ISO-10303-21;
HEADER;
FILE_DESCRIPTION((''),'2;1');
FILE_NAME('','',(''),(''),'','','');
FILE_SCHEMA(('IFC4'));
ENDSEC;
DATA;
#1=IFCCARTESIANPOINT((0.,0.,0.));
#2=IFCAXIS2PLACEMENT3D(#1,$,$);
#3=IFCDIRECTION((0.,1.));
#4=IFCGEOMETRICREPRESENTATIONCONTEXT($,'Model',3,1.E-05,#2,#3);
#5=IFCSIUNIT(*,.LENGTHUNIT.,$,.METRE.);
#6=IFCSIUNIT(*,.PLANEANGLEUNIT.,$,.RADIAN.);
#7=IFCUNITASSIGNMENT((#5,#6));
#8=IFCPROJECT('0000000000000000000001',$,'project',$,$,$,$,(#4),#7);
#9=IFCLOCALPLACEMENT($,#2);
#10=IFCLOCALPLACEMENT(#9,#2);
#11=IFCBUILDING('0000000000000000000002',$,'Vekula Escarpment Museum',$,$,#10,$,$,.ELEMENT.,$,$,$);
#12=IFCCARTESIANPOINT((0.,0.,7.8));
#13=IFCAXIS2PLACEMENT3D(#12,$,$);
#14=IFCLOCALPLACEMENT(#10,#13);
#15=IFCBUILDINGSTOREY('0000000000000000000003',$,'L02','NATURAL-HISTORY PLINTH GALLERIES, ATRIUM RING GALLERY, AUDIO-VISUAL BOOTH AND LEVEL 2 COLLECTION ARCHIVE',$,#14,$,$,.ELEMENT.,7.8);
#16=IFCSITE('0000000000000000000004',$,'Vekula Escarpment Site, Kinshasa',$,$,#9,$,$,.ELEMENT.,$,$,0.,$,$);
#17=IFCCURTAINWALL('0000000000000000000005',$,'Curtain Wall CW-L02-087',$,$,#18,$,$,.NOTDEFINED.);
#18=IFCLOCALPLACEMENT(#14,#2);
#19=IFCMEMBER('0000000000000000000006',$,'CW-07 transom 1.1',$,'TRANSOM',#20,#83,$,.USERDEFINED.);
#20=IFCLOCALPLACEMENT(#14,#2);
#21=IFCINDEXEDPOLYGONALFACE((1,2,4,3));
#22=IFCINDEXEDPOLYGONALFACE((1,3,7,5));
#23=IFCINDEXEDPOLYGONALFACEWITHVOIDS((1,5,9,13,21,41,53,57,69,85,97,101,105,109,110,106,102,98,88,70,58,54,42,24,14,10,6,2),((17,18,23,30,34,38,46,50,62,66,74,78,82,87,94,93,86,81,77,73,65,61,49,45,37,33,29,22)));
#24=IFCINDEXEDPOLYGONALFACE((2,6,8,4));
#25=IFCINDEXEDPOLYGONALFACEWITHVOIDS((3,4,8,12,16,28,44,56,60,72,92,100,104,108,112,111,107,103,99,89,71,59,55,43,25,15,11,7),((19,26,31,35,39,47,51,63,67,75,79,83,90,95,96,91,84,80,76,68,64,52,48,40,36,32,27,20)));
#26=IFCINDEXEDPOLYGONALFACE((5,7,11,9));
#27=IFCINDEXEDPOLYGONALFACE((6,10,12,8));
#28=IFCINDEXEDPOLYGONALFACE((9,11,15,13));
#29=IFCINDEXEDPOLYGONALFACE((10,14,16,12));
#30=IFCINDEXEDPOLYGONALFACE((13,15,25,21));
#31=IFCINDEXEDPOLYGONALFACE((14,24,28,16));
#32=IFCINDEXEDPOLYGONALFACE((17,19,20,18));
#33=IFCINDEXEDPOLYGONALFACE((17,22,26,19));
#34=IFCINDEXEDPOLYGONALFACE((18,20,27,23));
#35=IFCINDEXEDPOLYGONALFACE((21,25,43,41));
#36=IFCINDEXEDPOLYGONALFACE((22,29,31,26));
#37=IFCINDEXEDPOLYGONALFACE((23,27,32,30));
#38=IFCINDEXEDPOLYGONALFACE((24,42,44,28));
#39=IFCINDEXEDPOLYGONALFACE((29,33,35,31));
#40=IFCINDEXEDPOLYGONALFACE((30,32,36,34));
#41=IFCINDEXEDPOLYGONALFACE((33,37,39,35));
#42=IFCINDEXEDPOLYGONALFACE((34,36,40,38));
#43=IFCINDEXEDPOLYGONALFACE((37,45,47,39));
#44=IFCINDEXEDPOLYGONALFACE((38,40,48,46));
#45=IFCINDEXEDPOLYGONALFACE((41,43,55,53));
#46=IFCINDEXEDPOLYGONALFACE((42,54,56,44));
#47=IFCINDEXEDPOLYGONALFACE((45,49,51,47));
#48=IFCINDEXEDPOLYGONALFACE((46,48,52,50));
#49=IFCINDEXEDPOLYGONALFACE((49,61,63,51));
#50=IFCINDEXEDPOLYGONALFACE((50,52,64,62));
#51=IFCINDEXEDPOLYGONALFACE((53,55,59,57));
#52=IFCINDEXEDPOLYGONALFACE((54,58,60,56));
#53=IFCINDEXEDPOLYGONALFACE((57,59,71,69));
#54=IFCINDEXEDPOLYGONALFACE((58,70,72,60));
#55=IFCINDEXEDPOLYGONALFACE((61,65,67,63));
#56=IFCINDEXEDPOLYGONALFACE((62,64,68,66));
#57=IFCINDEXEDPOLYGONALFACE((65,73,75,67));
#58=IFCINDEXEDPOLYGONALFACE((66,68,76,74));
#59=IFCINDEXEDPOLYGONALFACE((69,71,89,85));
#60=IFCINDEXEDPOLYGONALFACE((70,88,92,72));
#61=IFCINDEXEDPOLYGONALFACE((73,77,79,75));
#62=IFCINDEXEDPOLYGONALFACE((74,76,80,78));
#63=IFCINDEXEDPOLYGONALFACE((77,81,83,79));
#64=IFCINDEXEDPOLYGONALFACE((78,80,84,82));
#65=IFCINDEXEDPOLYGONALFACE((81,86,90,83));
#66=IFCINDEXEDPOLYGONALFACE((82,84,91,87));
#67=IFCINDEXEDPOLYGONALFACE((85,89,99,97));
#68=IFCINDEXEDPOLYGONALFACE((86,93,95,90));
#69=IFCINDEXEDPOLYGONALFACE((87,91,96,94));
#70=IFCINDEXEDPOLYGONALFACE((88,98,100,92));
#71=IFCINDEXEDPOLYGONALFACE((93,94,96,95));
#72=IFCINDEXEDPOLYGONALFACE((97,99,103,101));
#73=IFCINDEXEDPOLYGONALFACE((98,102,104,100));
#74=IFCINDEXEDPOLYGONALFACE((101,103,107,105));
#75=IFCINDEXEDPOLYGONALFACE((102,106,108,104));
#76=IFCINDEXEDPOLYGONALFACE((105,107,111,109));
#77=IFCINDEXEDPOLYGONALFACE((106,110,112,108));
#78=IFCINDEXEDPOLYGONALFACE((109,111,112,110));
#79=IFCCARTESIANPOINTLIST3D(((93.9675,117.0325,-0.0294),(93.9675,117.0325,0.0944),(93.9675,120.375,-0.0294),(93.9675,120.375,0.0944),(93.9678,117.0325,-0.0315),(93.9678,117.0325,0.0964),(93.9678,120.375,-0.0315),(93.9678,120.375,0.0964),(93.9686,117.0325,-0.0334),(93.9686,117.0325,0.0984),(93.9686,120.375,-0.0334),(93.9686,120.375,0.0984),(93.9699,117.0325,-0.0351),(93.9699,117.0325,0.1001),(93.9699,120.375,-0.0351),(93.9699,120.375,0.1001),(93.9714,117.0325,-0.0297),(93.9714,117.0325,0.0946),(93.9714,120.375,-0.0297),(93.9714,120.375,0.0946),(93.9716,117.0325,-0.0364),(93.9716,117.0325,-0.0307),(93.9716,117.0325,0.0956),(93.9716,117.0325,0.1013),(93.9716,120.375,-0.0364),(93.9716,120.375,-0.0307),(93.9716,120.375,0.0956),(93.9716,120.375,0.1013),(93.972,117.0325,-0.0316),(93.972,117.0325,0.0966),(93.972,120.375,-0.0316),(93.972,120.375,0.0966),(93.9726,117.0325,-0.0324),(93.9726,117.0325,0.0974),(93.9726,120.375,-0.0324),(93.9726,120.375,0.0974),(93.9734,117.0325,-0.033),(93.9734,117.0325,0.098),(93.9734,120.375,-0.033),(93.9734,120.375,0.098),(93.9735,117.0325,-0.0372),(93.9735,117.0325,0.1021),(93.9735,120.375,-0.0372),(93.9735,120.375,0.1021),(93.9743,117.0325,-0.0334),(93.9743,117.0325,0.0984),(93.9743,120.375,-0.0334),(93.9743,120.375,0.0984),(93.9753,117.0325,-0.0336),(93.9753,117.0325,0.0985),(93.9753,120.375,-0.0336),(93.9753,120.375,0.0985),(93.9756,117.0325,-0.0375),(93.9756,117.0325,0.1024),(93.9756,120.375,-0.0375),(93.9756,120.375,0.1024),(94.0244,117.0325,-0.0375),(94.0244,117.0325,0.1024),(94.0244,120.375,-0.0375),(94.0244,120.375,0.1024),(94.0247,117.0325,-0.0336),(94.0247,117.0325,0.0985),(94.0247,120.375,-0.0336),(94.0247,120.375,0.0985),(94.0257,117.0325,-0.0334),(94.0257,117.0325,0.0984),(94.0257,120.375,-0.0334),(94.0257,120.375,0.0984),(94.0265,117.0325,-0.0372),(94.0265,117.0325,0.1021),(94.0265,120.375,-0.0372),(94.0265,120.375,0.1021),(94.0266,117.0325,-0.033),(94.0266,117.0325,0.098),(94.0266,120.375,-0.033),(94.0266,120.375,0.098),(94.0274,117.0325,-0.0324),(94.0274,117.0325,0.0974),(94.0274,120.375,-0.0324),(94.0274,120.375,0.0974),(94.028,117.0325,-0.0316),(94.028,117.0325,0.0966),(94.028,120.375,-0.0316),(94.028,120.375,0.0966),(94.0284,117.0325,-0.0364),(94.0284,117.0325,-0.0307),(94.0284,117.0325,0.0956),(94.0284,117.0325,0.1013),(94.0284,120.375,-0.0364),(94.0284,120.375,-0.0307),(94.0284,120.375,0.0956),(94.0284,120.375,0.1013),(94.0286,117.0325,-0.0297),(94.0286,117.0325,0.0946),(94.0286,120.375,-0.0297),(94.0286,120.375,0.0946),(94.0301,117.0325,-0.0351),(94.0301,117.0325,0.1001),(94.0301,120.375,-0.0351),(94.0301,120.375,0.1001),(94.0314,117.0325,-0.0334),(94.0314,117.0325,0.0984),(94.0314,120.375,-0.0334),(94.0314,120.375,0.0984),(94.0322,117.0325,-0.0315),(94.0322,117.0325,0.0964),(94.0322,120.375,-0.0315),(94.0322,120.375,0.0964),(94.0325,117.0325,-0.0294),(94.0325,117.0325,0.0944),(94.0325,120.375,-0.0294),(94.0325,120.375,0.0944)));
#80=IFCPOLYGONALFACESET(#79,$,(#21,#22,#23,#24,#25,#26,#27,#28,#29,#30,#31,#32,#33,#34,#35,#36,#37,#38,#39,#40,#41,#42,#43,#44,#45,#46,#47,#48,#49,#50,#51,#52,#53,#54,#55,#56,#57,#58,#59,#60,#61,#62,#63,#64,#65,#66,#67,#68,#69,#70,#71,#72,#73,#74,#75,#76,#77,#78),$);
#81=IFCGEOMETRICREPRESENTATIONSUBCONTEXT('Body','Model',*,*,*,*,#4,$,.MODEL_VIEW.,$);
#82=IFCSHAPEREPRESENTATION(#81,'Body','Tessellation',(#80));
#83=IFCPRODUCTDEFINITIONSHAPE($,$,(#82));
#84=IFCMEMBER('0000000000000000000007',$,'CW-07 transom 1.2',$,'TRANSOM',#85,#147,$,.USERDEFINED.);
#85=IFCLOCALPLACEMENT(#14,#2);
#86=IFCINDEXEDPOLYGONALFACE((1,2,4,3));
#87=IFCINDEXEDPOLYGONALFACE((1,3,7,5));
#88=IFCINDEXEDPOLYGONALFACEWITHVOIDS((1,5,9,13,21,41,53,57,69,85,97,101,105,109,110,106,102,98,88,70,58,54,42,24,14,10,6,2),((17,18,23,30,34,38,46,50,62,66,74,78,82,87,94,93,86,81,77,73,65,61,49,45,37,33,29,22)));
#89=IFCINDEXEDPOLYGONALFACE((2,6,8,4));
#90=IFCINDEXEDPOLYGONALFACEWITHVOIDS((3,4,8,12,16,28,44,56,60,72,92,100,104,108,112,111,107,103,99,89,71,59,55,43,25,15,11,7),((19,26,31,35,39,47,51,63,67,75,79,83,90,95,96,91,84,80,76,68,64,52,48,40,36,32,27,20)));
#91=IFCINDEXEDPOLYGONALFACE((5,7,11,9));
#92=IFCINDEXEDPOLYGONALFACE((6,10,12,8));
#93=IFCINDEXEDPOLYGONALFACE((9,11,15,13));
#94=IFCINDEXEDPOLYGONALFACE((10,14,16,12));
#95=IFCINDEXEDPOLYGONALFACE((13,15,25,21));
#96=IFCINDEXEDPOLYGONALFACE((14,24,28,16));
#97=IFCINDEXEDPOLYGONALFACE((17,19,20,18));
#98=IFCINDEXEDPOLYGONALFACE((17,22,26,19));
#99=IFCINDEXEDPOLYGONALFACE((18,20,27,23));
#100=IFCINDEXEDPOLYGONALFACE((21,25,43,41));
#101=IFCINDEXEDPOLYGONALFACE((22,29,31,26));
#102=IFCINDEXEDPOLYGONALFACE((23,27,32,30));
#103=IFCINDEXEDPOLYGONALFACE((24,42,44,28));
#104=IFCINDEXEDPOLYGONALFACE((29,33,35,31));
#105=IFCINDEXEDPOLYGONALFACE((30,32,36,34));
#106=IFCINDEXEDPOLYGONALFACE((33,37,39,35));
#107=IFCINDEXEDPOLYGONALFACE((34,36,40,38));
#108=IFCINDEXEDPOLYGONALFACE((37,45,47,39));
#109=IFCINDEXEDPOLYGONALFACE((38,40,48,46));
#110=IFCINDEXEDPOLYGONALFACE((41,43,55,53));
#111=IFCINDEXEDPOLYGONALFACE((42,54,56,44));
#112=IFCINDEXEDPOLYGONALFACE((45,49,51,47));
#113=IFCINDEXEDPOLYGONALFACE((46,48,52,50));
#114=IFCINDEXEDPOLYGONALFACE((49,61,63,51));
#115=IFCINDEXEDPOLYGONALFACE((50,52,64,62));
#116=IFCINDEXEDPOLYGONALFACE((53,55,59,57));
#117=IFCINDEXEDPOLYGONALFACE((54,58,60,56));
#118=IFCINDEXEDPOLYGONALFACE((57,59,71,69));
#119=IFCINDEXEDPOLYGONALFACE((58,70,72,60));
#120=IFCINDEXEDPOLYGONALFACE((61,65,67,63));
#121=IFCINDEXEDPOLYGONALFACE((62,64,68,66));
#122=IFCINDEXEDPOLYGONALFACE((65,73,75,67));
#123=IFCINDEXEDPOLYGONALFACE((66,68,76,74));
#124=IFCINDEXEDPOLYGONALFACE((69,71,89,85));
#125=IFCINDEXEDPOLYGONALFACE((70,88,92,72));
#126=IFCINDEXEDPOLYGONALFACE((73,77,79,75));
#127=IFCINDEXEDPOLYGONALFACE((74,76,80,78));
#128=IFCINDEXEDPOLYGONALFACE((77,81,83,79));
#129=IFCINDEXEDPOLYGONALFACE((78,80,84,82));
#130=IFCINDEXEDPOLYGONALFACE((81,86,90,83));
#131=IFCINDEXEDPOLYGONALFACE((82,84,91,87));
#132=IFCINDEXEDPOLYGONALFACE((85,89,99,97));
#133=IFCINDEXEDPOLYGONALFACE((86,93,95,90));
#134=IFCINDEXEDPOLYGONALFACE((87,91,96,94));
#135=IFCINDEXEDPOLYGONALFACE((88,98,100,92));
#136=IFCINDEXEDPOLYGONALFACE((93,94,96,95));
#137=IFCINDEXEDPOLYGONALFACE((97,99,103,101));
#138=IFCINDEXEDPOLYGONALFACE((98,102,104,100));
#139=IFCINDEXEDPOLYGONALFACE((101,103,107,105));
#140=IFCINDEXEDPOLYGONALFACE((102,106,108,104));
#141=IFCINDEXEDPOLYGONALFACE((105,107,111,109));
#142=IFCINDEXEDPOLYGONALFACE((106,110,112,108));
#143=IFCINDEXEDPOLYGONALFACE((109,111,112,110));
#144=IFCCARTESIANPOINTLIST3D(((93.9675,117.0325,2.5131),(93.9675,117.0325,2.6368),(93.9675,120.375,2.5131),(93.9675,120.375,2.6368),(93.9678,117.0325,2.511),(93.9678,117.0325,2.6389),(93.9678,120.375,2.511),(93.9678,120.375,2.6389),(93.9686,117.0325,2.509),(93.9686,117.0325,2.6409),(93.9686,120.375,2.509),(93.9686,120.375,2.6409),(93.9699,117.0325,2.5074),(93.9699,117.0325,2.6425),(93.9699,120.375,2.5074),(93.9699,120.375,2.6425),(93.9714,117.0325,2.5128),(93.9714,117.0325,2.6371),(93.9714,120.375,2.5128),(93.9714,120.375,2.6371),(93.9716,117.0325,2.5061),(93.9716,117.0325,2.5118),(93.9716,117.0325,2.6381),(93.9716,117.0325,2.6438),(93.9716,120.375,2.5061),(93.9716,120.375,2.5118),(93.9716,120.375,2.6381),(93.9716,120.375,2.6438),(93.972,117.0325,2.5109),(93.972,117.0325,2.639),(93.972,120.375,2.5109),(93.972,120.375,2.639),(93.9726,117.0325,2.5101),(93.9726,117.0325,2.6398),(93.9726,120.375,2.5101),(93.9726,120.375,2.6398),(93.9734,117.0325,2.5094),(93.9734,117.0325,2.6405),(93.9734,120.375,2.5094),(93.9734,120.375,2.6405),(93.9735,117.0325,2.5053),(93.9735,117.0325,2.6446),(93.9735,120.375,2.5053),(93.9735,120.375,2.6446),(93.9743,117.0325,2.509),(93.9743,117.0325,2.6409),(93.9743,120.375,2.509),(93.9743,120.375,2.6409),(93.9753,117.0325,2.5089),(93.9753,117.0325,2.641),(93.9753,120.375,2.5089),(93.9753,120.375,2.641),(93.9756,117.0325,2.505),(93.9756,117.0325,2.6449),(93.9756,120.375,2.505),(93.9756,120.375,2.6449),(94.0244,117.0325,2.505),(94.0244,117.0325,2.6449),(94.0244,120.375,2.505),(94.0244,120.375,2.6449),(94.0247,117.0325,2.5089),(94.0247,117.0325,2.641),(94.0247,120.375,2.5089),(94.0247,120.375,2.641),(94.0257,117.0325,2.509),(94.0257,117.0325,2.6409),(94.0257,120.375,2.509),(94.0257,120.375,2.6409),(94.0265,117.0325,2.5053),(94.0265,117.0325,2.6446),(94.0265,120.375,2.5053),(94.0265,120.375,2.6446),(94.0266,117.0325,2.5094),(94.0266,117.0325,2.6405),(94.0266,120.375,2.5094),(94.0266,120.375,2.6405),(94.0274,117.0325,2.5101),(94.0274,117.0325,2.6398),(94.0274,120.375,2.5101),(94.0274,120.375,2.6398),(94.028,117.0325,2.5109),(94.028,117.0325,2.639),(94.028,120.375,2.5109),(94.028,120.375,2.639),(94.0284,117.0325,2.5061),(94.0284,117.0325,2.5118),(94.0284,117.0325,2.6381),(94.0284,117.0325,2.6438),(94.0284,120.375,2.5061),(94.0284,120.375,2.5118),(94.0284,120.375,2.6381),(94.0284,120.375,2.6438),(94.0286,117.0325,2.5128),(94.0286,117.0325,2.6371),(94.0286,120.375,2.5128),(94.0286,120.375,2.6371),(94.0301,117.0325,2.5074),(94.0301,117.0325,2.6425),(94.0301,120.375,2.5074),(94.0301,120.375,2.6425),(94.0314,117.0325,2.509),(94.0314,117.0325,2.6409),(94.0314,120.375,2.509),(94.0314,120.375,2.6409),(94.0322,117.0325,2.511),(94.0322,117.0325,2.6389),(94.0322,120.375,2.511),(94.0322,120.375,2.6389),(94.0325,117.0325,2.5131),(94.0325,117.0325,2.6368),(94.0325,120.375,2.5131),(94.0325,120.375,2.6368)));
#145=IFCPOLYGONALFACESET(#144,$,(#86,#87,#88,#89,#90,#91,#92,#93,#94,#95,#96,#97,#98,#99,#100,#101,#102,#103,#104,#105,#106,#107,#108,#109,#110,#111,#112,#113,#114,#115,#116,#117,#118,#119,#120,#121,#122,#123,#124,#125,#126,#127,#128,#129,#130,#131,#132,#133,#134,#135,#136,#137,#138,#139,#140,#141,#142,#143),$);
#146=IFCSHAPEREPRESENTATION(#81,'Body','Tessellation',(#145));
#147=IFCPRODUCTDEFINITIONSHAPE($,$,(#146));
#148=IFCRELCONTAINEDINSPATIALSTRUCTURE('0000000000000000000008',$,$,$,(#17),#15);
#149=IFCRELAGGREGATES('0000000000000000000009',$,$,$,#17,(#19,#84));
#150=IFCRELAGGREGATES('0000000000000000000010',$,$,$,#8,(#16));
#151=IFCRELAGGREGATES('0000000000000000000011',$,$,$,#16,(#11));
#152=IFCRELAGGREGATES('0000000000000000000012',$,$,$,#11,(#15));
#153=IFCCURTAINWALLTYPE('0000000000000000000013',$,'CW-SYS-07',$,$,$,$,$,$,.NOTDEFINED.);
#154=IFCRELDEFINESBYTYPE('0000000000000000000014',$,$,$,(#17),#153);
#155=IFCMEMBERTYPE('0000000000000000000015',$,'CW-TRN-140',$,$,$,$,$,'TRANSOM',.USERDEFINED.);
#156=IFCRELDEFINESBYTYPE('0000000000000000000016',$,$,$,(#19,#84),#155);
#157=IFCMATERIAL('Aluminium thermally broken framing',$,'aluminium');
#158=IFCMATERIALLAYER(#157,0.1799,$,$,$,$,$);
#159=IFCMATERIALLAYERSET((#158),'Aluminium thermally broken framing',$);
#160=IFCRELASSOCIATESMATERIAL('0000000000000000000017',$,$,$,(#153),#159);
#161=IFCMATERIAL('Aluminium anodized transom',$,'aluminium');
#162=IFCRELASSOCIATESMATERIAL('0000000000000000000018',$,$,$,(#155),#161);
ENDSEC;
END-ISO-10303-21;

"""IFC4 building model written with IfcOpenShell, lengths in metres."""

from ifc_helpers import new_model, si_unit, direction, frame, origin, origin_2d, place, context, subcontext, project, spatial, hollow_rectangle, extrude, material, layer, layer_set, material_profile, profile_set, type_object, element, aggregate, save


model = new_model("IFC4")

# Units and contexts
model_context = context("Model", 3, precision=1e-05, world=origin(), true_north=direction((0.0, 1.0)))
body_context = subcontext(model_context, "Body", "Model", "MODEL_VIEW")
ifc_project = project(units=[si_unit("LENGTHUNIT", "METRE"), si_unit("PLANEANGLEUNIT", "RADIAN")], contexts=[model_context])

# Site, building, storey
site_placement = place(None, origin())
site = spatial("IfcSite", under=ifc_project, at=site_placement, Name="Vekula Escarpment Site, Kinshasa", CompositionType="ELEMENT", RefElevation=0.0)
building_placement = place(site_placement, origin())
building = spatial("IfcBuilding", under=site, at=building_placement, Name="Vekula Escarpment Museum", CompositionType="ELEMENT")
storey_placement = place(building_placement, frame((0.0, 0.0, 7.8)))
storey = spatial("IfcBuildingStorey", under=building, at=storey_placement, Name="L02", Description="NATURAL-HISTORY PLINTH GALLERIES, ATRIUM RING GALLERY, AUDIO-VISUAL BOOTH AND LEVEL 2 COLLECTION ARCHIVE", CompositionType="ELEMENT", Elevation=7.8)

# Curtain wall
ifc_material_1 = material(Name="Aluminium thermally broken framing", Category="aluminium")
ifc_layer_1 = layer(ifc_material_1, 0.1799)
ifc_layer_set_1 = layer_set([ifc_layer_1], Name="Aluminium thermally broken framing")
curtain_wall_type_1 = type_object("IfcCurtainWallType", Name="CW-SYS-07", PredefinedType="NOTDEFINED", material=ifc_layer_set_1)
curtain_wall_1_placement = place(storey_placement, origin())
curtain_wall_1 = element("IfcCurtainWall", 1, at=curtain_wall_1_placement, inside=storey, type_object=curtain_wall_type_1, Name="Curtain Wall CW-L02-087", PredefinedType="NOTDEFINED")

# Members
ifc_material_2 = material(Name="Aluminium anodized transom", Category="aluminium")
ifc_material_profile_1 = material_profile(ifc_material_2, hollow_rectangle(XDim=0.0649, YDim=0.1399, WallThickness=0.0039, InnerFilletRadius=0.0039, OuterFilletRadius=0.0081, at=origin_2d()), Name="ALU 140x65x4")
ifc_profile_set_1 = profile_set([ifc_material_profile_1], Name="Aluminium anodized transom")
member_type_1 = type_object("IfcMemberType", Name="CW-TRN-140", ElementType="TRANSOM", PredefinedType="USERDEFINED", material=ifc_profile_set_1)
member_1_placement = place(storey_placement, frame((94.0, 120.375, 0.0325), z_axis=(0.0, -1.0, 0.0), x_axis=(1.0, 0.0, 0.0)))
member_1 = element("IfcMember", 2, at=member_1_placement, type_object=member_type_1, Name="CW-07 transom 1.1", ObjectType="TRANSOM", PredefinedType="USERDEFINED", context=body_context, shape_type="SweptSolid", body=[
    extrude(hollow_rectangle(XDim=0.0649, YDim=0.1399, WallThickness=0.0039, InnerFilletRadius=0.0039, OuterFilletRadius=0.0081, at=origin_2d()), origin(), (0.0, 0.0, 1.0), 3.3425),
])
member_2_placement = place(storey_placement, frame((94.0, 120.375, 2.575), z_axis=(0.0, -1.0, 0.0), x_axis=(1.0, 0.0, 0.0)))
member_2 = element("IfcMember", 3, at=member_2_placement, type_object=member_type_1, Name="CW-07 transom 1.2", ObjectType="TRANSOM", PredefinedType="USERDEFINED", context=body_context, shape_type="SweptSolid", body=[
    extrude(hollow_rectangle(XDim=0.0649, YDim=0.1399, WallThickness=0.0039, InnerFilletRadius=0.0039, OuterFilletRadius=0.0081, at=origin_2d()), origin(), (0.0, 0.0, 1.0), 3.3425),
])

aggregate(curtain_wall_1, [member_1, member_2])

save(model, "model.ifc")
